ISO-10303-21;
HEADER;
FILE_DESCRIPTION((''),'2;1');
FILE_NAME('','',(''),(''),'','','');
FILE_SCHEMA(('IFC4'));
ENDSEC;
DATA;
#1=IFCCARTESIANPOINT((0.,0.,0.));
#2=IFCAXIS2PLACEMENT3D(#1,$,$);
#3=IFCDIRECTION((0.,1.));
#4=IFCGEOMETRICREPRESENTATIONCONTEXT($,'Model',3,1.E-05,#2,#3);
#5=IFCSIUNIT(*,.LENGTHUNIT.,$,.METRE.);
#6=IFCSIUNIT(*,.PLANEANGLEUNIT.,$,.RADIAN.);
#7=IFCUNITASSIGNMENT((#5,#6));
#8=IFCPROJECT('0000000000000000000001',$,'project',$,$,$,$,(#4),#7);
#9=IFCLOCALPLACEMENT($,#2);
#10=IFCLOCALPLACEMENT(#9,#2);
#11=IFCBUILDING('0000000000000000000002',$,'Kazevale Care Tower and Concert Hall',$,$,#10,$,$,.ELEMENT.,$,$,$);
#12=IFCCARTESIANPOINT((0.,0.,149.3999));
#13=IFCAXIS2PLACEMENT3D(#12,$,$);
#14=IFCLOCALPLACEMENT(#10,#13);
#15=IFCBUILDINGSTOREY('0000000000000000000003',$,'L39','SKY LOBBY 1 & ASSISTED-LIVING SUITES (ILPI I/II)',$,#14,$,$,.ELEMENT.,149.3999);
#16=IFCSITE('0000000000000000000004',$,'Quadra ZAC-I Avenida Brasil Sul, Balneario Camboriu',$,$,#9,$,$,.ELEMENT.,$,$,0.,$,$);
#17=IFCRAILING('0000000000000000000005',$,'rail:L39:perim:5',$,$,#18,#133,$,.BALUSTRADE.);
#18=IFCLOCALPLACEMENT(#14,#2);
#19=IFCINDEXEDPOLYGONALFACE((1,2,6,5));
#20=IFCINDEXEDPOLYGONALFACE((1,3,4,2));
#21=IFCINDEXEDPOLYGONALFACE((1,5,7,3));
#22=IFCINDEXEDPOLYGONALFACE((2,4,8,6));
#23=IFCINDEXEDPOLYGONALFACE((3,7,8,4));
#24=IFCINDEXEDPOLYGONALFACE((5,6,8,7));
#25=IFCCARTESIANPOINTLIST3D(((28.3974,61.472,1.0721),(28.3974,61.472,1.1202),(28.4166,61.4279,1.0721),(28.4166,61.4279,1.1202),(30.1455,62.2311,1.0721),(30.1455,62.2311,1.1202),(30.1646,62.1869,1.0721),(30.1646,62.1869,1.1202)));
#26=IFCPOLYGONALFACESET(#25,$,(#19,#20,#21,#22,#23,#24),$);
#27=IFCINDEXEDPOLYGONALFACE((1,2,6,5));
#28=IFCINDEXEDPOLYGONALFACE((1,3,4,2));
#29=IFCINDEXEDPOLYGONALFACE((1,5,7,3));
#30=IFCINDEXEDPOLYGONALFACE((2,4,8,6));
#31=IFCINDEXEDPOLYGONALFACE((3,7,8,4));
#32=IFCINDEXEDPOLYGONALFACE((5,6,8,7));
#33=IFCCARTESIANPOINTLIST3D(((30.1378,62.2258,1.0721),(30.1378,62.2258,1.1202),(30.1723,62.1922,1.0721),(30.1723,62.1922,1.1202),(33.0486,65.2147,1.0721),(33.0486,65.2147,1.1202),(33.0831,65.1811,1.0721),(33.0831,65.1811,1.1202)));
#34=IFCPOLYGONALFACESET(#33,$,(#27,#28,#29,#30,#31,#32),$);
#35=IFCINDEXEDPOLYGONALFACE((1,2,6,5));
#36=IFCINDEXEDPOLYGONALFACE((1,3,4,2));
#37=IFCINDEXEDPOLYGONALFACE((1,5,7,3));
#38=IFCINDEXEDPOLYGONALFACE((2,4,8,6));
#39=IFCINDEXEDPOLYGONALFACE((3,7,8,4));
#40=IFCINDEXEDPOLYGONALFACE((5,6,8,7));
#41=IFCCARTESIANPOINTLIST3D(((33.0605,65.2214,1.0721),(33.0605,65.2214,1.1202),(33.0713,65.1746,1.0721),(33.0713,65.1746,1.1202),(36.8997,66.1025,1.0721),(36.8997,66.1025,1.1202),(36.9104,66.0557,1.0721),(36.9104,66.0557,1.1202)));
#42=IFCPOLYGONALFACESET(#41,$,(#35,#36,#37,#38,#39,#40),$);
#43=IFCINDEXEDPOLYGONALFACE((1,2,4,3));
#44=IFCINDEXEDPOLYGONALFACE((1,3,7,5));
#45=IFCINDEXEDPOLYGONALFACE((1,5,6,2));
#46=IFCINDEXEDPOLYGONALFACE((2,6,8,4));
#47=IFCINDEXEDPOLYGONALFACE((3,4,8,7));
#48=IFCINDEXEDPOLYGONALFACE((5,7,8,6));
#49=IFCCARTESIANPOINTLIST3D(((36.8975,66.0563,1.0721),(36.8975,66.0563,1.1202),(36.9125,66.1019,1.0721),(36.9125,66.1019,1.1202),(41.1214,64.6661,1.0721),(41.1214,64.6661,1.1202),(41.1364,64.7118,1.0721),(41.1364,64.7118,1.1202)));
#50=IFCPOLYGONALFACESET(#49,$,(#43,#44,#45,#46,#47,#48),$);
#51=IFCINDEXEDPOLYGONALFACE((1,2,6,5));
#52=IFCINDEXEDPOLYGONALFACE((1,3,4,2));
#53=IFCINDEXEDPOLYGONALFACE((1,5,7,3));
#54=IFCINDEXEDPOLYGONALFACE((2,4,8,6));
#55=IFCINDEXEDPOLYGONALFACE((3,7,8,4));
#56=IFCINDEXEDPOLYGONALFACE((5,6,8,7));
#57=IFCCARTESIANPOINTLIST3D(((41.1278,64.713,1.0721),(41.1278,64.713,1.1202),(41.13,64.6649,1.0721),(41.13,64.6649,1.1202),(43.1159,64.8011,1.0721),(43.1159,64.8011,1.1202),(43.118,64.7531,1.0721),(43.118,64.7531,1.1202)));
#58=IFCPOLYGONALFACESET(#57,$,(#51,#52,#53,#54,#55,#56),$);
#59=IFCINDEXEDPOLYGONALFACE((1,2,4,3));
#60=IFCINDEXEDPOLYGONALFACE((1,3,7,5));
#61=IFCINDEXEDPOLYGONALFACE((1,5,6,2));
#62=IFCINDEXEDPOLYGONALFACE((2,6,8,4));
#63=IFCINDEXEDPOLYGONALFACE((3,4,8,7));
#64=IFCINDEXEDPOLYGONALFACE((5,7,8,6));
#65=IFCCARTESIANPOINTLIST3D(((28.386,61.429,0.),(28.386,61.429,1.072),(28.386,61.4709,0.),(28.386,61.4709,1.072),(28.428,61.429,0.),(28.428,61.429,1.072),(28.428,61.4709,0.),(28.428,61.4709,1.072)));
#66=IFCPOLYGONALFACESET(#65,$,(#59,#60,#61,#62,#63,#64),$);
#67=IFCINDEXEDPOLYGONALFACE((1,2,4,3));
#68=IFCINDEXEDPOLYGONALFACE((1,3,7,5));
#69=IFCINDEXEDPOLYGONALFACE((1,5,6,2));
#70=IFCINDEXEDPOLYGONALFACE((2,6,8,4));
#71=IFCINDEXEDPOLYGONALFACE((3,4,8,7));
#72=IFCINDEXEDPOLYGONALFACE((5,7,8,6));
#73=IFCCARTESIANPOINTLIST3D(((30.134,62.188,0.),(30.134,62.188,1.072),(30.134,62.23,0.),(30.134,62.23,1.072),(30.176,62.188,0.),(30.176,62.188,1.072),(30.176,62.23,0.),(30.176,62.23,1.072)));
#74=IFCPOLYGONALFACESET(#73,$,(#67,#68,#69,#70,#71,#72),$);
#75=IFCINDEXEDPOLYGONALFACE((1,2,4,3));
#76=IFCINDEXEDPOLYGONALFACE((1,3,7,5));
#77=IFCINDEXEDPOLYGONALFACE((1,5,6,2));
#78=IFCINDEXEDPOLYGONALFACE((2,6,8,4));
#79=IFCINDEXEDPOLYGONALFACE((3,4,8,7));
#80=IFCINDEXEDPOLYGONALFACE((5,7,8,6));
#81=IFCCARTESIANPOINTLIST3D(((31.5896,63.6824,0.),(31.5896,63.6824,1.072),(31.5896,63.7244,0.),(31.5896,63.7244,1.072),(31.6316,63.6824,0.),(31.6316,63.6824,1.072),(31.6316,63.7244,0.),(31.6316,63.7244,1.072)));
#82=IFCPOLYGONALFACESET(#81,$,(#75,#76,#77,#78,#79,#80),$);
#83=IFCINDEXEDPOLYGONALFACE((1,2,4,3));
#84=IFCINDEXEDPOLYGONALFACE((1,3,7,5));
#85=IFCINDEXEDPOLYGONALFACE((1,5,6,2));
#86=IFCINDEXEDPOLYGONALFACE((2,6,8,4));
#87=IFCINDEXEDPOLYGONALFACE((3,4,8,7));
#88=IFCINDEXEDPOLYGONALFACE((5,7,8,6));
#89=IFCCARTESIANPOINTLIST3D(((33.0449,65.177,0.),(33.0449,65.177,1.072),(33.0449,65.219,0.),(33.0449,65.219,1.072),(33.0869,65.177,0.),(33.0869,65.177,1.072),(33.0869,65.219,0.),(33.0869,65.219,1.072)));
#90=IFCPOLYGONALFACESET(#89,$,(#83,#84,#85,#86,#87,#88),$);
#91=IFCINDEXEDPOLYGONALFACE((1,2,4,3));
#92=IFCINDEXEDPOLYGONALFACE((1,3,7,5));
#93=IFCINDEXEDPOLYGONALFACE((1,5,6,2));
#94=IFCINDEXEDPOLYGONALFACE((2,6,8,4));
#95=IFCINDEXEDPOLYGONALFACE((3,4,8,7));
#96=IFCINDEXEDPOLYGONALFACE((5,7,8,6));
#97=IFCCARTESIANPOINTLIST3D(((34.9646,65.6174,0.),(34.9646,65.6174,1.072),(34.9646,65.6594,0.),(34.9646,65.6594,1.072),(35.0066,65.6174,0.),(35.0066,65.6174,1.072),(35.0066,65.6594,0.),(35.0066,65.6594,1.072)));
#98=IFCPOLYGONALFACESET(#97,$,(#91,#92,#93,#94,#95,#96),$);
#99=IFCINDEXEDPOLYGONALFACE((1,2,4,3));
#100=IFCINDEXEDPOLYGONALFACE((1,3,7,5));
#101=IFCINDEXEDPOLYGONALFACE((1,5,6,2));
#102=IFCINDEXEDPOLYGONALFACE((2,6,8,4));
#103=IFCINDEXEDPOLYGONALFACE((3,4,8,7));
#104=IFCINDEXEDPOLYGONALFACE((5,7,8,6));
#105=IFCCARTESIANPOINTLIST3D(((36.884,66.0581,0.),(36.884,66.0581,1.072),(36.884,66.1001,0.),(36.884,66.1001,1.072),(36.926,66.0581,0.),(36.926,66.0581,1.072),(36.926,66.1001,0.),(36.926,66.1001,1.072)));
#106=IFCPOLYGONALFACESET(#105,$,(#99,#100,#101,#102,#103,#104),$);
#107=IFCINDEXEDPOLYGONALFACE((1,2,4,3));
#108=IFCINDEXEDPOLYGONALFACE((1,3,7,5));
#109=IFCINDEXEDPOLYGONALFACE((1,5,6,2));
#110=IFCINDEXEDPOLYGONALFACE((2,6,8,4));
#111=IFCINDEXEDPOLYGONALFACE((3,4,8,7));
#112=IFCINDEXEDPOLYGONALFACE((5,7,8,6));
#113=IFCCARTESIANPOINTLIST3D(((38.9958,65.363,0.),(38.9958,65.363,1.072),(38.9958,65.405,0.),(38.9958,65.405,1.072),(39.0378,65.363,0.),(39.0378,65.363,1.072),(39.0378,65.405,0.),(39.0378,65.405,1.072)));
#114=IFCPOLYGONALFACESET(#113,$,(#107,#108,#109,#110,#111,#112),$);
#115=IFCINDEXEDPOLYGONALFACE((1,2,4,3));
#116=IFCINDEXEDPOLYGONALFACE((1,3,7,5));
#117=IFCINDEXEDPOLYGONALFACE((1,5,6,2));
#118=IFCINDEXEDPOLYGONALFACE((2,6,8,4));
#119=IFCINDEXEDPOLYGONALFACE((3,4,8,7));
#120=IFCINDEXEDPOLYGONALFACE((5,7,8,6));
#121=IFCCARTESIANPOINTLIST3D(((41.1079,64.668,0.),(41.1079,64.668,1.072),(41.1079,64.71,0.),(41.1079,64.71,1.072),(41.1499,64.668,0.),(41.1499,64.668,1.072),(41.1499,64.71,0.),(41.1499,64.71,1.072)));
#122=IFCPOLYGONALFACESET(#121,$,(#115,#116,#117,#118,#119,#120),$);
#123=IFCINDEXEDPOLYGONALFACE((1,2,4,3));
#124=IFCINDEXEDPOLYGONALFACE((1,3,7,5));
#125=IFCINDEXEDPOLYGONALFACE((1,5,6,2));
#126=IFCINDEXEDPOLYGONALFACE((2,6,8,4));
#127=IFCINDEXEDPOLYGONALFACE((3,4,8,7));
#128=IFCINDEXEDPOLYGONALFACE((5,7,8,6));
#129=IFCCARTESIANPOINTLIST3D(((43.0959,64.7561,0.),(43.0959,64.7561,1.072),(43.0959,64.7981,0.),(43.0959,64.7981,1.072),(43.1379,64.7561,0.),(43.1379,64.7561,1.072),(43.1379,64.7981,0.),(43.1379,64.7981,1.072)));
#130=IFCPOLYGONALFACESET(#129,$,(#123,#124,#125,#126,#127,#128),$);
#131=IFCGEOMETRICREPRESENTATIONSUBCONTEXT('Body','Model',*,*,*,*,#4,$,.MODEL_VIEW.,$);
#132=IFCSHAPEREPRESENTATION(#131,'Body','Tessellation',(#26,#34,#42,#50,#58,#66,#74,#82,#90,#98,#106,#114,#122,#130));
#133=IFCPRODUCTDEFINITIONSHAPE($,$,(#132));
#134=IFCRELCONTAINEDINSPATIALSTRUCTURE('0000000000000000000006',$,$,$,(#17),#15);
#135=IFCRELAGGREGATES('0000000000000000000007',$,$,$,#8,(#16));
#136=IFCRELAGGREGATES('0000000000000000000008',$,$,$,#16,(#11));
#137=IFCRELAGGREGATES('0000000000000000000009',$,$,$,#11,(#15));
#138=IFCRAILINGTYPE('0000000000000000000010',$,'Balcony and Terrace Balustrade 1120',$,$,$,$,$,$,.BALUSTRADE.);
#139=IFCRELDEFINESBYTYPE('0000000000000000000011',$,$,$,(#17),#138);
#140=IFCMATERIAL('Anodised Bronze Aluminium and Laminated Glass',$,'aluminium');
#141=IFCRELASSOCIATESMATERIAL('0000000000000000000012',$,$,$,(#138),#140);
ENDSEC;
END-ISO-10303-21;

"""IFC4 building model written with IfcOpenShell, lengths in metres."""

from ifc_helpers import new_model, si_unit, direction, frame, origin, origin_2d, place, context, subcontext, project, spatial, rectangle, extrude, material, type_object, element, save


model = new_model("IFC4")

# Units and contexts
model_context = context("Model", 3, precision=1e-05, world=origin(), true_north=direction((0.0, 1.0)))
body_context = subcontext(model_context, "Body", "Model", "MODEL_VIEW")
ifc_project = project(units=[si_unit("LENGTHUNIT", "METRE"), si_unit("PLANEANGLEUNIT", "RADIAN")], contexts=[model_context])

# Site, building, storey
site_placement = place(None, origin())
site = spatial("IfcSite", under=ifc_project, at=site_placement, Name="Quadra ZAC-I Avenida Brasil Sul, Balneario Camboriu", CompositionType="ELEMENT", RefElevation=0.0)
building_placement = place(site_placement, origin())
building = spatial("IfcBuilding", under=site, at=building_placement, Name="Kazevale Care Tower and Concert Hall", CompositionType="ELEMENT")
storey_placement = place(building_placement, frame((0.0, 0.0, 149.3999)))
storey = spatial("IfcBuildingStorey", under=building, at=storey_placement, Name="L39", Description="SKY LOBBY 1 & ASSISTED-LIVING SUITES (ILPI I/II)", CompositionType="ELEMENT", Elevation=149.3999)

# Railing
ifc_material_1 = material(Name="Anodised Bronze Aluminium and Laminated Glass", Category="aluminium")
railing_type = type_object("IfcRailingType", Name="Balcony and Terrace Balustrade 1120", PredefinedType="BALUSTRADE", material=ifc_material_1)
railing_1_placement = place(storey_placement, frame((28.407, 61.45, 0.0)))
element("IfcRailing", 1, at=railing_1_placement, inside=storey, type_object=railing_type, Name="rail:L39:perim:5", PredefinedType="BALUSTRADE", context=body_context, shape_type="SweptSolid", body=[
    extrude(rectangle(XDim=0.0481, YDim=0.0481, at=origin_2d()), frame((0.0, 0.0, 1.0962), z_axis=(0.917259, 0.39829, 0.0), x_axis=(-0.39829, 0.917259, 0.0)), (0.0, 0.0, 1.0), 1.9058),
    extrude(rectangle(XDim=0.0481, YDim=0.0481, at=origin_2d()), frame((1.748, 0.759, 1.0962), z_axis=(0.697682, 0.716407, 0.0), x_axis=(-0.716407, 0.697682, 0.0)), (0.0, 0.0, 1.0), 4.1721),
    extrude(rectangle(XDim=0.0481, YDim=0.0481, at=origin_2d()), frame((4.6589, 3.748, 1.0962), z_axis=(0.97466, 0.223691, 0.0), x_axis=(-0.223691, 0.97466, 0.0)), (0.0, 0.0, 1.0), 3.939),
    extrude(rectangle(XDim=0.0481, YDim=0.0481, at=origin_2d()), frame((8.498, 4.6292, 1.0962), z_axis=(0.949879, -0.312618, 0.0), x_axis=(0.312618, 0.949879, 0.0)), (0.0, 0.0, 1.0), 4.4468),
    extrude(rectangle(XDim=0.0481, YDim=0.0481, at=origin_2d()), frame((12.7219, 3.239, 1.0962), z_axis=(0.999019, 0.044289, 0.0), x_axis=(-0.044289, 0.999019, 0.0)), (0.0, 0.0, 1.0), 1.99),
    extrude(rectangle(XDim=0.042, YDim=0.042, at=origin_2d()), origin(), (0.0, 0.0, 1.0), 1.072),
    extrude(rectangle(XDim=0.042, YDim=0.042, at=origin_2d()), frame((1.748, 0.759, 0.0)), (0.0, 0.0, 1.0), 1.072),
    extrude(rectangle(XDim=0.042, YDim=0.042, at=origin_2d()), frame((3.2036, 2.2534, 0.0)), (0.0, 0.0, 1.0), 1.072),
    extrude(rectangle(XDim=0.042, YDim=0.042, at=origin_2d()), frame((4.6589, 3.748, 0.0)), (0.0, 0.0, 1.0), 1.072),
    extrude(rectangle(XDim=0.042, YDim=0.042, at=origin_2d()), frame((6.5786, 4.1885, 0.0)), (0.0, 0.0, 1.0), 1.072),
    extrude(rectangle(XDim=0.042, YDim=0.042, at=origin_2d()), frame((8.498, 4.6292, 0.0)), (0.0, 0.0, 1.0), 1.072),
    extrude(rectangle(XDim=0.042, YDim=0.042, at=origin_2d()), frame((10.6099, 3.9341, 0.0)), (0.0, 0.0, 1.0), 1.072),
    extrude(rectangle(XDim=0.042, YDim=0.042, at=origin_2d()), frame((12.7219, 3.239, 0.0)), (0.0, 0.0, 1.0), 1.072),
    extrude(rectangle(XDim=0.042, YDim=0.042, at=origin_2d()), frame((14.71, 3.3271, 0.0)), (0.0, 0.0, 1.0), 1.072),
])

save(model, "model.ifc")
